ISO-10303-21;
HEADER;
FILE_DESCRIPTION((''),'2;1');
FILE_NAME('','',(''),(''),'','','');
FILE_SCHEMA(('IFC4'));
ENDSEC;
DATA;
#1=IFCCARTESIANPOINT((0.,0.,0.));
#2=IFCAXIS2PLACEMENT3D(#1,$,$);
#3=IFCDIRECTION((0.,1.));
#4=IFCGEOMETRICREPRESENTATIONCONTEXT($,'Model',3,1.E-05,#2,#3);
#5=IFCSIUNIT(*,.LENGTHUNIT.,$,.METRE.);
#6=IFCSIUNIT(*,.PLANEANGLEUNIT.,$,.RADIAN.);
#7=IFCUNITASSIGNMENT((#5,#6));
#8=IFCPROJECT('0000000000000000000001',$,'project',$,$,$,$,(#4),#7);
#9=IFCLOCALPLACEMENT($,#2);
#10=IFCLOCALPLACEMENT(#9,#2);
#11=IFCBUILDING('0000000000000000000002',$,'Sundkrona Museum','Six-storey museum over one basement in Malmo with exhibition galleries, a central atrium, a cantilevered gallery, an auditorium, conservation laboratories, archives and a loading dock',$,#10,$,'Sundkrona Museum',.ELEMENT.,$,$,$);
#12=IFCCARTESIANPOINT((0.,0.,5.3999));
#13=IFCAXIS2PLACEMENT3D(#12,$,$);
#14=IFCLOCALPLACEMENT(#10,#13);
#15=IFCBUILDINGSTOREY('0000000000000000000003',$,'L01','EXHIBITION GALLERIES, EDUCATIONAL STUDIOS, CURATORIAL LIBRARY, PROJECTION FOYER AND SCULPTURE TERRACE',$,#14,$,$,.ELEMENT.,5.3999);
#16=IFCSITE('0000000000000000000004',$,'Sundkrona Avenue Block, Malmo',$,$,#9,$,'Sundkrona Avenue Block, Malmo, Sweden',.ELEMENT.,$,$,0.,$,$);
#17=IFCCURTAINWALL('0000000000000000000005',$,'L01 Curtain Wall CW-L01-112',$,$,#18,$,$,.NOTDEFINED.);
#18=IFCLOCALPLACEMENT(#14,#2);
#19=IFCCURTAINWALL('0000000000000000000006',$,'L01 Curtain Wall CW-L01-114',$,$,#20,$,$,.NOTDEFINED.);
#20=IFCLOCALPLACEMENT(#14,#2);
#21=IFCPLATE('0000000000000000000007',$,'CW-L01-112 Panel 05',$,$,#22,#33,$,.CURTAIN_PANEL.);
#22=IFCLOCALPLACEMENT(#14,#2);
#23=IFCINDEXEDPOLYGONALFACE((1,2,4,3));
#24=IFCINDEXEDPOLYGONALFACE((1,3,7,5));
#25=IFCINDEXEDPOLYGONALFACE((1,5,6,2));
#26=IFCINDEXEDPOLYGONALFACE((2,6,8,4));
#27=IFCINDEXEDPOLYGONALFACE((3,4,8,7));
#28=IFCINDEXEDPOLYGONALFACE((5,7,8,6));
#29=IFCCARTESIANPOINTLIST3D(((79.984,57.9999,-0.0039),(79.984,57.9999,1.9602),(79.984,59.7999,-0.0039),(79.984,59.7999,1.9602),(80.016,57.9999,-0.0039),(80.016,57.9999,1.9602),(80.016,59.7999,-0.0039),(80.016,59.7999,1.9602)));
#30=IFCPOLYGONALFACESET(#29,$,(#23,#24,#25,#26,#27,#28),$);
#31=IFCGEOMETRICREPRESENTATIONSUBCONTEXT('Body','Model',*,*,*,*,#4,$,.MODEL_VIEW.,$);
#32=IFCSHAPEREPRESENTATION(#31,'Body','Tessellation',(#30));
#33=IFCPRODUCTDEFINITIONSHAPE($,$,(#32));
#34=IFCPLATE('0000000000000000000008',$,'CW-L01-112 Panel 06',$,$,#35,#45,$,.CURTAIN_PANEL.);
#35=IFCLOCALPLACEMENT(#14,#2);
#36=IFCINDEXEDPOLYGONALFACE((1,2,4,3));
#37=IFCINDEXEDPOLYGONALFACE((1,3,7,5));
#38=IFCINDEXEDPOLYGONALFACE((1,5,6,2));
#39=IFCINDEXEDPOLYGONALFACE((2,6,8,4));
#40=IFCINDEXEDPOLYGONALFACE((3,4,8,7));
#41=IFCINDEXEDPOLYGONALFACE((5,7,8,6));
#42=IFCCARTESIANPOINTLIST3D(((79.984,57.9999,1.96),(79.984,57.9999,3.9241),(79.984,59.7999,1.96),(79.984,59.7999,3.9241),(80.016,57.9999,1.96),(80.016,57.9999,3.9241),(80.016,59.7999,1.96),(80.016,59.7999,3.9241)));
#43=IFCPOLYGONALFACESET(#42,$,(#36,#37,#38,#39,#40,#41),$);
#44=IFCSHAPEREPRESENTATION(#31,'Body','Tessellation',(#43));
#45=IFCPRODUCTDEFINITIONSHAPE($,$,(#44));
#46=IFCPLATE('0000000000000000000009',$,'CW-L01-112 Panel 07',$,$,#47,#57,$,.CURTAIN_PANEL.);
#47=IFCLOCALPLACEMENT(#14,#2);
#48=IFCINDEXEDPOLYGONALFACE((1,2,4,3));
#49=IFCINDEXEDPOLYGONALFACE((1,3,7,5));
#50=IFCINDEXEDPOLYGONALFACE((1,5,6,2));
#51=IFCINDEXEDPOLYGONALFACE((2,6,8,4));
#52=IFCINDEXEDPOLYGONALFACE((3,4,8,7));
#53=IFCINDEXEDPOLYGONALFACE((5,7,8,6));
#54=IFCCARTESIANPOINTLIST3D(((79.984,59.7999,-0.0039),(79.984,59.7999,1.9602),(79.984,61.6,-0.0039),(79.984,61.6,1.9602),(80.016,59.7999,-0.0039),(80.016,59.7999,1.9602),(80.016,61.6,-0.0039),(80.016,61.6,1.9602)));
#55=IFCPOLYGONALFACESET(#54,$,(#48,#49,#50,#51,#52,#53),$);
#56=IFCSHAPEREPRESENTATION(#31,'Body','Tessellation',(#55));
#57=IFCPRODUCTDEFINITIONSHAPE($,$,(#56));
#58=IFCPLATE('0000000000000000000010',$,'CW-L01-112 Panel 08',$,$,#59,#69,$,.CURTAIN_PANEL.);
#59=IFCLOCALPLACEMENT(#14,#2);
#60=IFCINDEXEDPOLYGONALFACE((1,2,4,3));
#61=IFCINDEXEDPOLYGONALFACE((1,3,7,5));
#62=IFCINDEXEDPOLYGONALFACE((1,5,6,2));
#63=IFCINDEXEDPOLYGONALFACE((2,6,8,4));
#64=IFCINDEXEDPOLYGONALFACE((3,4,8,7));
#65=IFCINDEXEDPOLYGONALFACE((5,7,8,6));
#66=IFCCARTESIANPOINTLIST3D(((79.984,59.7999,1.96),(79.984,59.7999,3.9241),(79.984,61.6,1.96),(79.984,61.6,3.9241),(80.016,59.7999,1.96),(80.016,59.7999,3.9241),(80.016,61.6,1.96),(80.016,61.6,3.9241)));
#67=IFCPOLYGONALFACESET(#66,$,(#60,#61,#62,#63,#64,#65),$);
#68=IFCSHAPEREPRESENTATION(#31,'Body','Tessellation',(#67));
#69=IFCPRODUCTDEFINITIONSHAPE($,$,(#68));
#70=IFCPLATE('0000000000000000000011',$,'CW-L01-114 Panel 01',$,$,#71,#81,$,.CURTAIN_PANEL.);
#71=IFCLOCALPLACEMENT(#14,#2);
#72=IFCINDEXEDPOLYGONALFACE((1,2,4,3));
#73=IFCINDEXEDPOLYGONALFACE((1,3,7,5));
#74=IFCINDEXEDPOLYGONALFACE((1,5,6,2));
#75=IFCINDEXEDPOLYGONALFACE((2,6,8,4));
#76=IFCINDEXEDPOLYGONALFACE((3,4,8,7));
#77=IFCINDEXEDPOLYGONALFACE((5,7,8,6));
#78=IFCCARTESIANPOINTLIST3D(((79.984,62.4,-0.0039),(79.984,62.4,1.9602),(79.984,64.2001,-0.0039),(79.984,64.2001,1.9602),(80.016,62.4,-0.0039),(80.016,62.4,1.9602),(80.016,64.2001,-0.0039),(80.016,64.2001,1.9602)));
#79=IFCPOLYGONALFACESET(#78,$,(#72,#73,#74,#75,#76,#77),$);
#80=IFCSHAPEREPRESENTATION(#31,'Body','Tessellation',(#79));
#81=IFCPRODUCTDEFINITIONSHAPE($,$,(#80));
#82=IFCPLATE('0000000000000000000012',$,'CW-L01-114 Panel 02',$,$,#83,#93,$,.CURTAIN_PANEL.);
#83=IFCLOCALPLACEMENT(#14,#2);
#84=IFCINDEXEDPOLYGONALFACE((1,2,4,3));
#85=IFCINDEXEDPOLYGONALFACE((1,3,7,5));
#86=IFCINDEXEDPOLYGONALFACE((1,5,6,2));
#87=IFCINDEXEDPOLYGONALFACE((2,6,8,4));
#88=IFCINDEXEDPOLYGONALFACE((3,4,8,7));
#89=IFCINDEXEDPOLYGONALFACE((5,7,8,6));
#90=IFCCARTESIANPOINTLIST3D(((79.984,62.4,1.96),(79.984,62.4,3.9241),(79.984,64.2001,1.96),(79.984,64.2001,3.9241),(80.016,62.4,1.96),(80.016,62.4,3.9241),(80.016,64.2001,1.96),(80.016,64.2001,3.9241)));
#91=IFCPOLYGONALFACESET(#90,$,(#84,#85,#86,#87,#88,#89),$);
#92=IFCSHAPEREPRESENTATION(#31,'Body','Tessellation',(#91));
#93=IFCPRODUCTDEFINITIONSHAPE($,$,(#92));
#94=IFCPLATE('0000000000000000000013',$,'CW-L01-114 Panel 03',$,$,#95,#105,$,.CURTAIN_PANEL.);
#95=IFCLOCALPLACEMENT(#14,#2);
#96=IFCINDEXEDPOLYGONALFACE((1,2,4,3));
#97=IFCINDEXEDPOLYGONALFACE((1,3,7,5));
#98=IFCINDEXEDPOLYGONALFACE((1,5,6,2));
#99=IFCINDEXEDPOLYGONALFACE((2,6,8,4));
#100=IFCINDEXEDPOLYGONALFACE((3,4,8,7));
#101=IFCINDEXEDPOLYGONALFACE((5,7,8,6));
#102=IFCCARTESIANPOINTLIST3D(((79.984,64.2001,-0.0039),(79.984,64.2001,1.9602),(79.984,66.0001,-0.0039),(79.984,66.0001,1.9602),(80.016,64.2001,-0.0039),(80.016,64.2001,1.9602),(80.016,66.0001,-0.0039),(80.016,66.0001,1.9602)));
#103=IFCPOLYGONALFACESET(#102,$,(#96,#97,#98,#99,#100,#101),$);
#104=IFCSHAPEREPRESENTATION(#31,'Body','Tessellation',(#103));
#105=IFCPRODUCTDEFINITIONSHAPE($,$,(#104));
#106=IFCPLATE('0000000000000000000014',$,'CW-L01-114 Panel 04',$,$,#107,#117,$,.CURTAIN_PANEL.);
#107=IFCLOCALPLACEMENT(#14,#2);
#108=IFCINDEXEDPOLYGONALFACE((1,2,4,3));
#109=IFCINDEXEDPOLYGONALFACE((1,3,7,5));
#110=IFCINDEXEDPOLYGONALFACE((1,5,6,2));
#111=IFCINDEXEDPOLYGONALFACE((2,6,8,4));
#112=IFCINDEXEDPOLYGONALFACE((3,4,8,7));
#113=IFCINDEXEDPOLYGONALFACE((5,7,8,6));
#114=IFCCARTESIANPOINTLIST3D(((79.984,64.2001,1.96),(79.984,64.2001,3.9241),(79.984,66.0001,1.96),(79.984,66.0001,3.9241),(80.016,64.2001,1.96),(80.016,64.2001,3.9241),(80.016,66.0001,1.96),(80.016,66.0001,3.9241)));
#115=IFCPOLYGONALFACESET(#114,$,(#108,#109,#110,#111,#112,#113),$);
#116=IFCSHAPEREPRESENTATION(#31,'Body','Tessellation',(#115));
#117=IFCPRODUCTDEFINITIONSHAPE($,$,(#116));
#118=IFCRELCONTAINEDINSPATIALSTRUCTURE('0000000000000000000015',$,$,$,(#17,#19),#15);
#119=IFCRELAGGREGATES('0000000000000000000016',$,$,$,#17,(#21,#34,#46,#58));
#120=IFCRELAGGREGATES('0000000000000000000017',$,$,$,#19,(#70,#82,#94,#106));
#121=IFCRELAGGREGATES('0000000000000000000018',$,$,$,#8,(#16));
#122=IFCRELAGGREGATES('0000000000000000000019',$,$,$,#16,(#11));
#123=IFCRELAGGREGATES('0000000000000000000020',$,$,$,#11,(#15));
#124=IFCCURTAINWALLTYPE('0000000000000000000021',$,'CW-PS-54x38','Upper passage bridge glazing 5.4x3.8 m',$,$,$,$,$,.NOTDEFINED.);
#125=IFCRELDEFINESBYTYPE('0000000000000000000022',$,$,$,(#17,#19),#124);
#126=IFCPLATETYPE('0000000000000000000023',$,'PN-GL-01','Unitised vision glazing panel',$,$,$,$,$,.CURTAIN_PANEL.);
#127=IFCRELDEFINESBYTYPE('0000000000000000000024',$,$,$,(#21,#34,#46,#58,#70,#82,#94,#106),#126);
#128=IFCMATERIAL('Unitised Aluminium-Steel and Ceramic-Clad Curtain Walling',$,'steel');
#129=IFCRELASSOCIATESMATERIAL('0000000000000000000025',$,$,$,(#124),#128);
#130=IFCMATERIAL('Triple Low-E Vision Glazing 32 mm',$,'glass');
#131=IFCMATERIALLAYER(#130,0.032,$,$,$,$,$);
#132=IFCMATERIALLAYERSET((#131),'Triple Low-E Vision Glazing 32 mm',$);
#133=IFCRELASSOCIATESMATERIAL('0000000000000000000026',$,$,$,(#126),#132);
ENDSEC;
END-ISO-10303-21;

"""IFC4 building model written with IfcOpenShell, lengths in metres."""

from ifc_helpers import new_model, si_unit, direction, frame, origin, origin_2d, place, context, subcontext, project, spatial, rectangle, extrude, material, layer, layer_set, type_object, element, aggregate, save


model = new_model("IFC4")

# Units and contexts
model_context = context("Model", 3, precision=1e-05, world=origin(), true_north=direction((0.0, 1.0)))
body_context = subcontext(model_context, "Body", "Model", "MODEL_VIEW")
ifc_project = project(units=[si_unit("LENGTHUNIT", "METRE"), si_unit("PLANEANGLEUNIT", "RADIAN")], contexts=[model_context])

# Site, building, storey
site_placement = place(None, origin())
site = spatial("IfcSite", under=ifc_project, at=site_placement, Name="Sundkrona Avenue Block, Malmo", LongName="Sundkrona Avenue Block, Malmo, Sweden", CompositionType="ELEMENT", RefElevation=0.0)
building_placement = place(site_placement, origin())
building = spatial("IfcBuilding", under=site, at=building_placement, Name="Sundkrona Museum", Description="Six-storey museum over one basement in Malmo with exhibition galleries, a central atrium, a cantilevered gallery, an auditorium, conservation laboratories, archives and a loading dock", LongName="Sundkrona Museum", CompositionType="ELEMENT")
storey_placement = place(building_placement, frame((0.0, 0.0, 5.3999)))
storey = spatial("IfcBuildingStorey", under=building, at=storey_placement, Name="L01", Description="EXHIBITION GALLERIES, EDUCATIONAL STUDIOS, CURATORIAL LIBRARY, PROJECTION FOYER AND SCULPTURE TERRACE", CompositionType="ELEMENT", Elevation=5.3999)

# Curtain walls
ifc_material_1 = material(Name="Unitised Aluminium-Steel and Ceramic-Clad Curtain Walling", Category="steel")
curtain_wall_type = type_object("IfcCurtainWallType", Name="CW-PS-54x38", Description="Upper passage bridge glazing 5.4x3.8 m", PredefinedType="NOTDEFINED", material=ifc_material_1)
curtain_wall_1_placement = place(storey_placement, origin())
curtain_wall_1 = element("IfcCurtainWall", 1, at=curtain_wall_1_placement, inside=storey, type_object=curtain_wall_type, Name="L01 Curtain Wall CW-L01-112", PredefinedType="NOTDEFINED")
curtain_wall_2_placement = place(storey_placement, origin())
curtain_wall_2 = element("IfcCurtainWall", 2, at=curtain_wall_2_placement, inside=storey, type_object=curtain_wall_type, Name="L01 Curtain Wall CW-L01-114", PredefinedType="NOTDEFINED")

# Plates
ifc_material_2 = material(Name="Triple Low-E Vision Glazing 32 mm", Category="glass")
ifc_layer = layer(ifc_material_2, 0.032)
ifc_layer_set = layer_set([ifc_layer], Name="Triple Low-E Vision Glazing 32 mm")
plate_type = type_object("IfcPlateType", Name="PN-GL-01", Description="Unitised vision glazing panel", PredefinedType="CURTAIN_PANEL", material=ifc_layer_set)
plate_1_placement = place(storey_placement, frame((80.0, 58.8999, -0.0039), z_axis=(0.0, 0.0, 1.0), x_axis=(0.0, 1.0, 0.0)))
plate_1 = element("IfcPlate", 3, at=plate_1_placement, type_object=plate_type, Name="CW-L01-112 Panel 05", PredefinedType="CURTAIN_PANEL", context=body_context, shape_type="SweptSolid", body=[
    extrude(rectangle(XDim=1.8, YDim=0.032, at=origin_2d()), origin(), (0.0, 0.0, 1.0), 1.9641),
])
plate_2_placement = place(storey_placement, frame((80.0, 58.8999, 1.96), z_axis=(0.0, 0.0, 1.0), x_axis=(0.0, 1.0, 0.0)))
plate_2 = element("IfcPlate", 4, at=plate_2_placement, type_object=plate_type, Name="CW-L01-112 Panel 06", PredefinedType="CURTAIN_PANEL", context=body_context, shape_type="SweptSolid", body=[
    extrude(rectangle(XDim=1.8, YDim=0.032, at=origin_2d()), origin(), (0.0, 0.0, 1.0), 1.9641),
])
plate_3_placement = place(storey_placement, frame((80.0, 60.7, -0.0039), z_axis=(0.0, 0.0, 1.0), x_axis=(0.0, 1.0, 0.0)))
plate_3 = element("IfcPlate", 5, at=plate_3_placement, type_object=plate_type, Name="CW-L01-112 Panel 07", PredefinedType="CURTAIN_PANEL", context=body_context, shape_type="SweptSolid", body=[
    extrude(rectangle(XDim=1.8, YDim=0.032, at=origin_2d()), origin(), (0.0, 0.0, 1.0), 1.9641),
])
plate_4_placement = place(storey_placement, frame((80.0, 60.7, 1.96), z_axis=(0.0, 0.0, 1.0), x_axis=(0.0, 1.0, 0.0)))
plate_4 = element("IfcPlate", 6, at=plate_4_placement, type_object=plate_type, Name="CW-L01-112 Panel 08", PredefinedType="CURTAIN_PANEL", context=body_context, shape_type="SweptSolid", body=[
    extrude(rectangle(XDim=1.8, YDim=0.032, at=origin_2d()), origin(), (0.0, 0.0, 1.0), 1.9641),
])
aggregate(curtain_wall_1, [plate_1, plate_2, plate_3, plate_4])
plate_5_placement = place(storey_placement, frame((80.0, 63.3, -0.0039), z_axis=(0.0, 0.0, 1.0), x_axis=(0.0, 1.0, 0.0)))
plate_5 = element("IfcPlate", 7, at=plate_5_placement, type_object=plate_type, Name="CW-L01-114 Panel 01", PredefinedType="CURTAIN_PANEL", context=body_context, shape_type="SweptSolid", body=[
    extrude(rectangle(XDim=1.8, YDim=0.032, at=origin_2d()), origin(), (0.0, 0.0, 1.0), 1.9641),
])
plate_6_placement = place(storey_placement, frame((80.0, 63.3, 1.96), z_axis=(0.0, 0.0, 1.0), x_axis=(0.0, 1.0, 0.0)))
plate_6 = element("IfcPlate", 8, at=plate_6_placement, type_object=plate_type, Name="CW-L01-114 Panel 02", PredefinedType="CURTAIN_PANEL", context=body_context, shape_type="SweptSolid", body=[
    extrude(rectangle(XDim=1.8, YDim=0.032, at=origin_2d()), origin(), (0.0, 0.0, 1.0), 1.9641),
])
plate_7_placement = place(storey_placement, frame((80.0, 65.1001, -0.0039), z_axis=(0.0, 0.0, 1.0), x_axis=(0.0, 1.0, 0.0)))
plate_7 = element("IfcPlate", 9, at=plate_7_placement, type_object=plate_type, Name="CW-L01-114 Panel 03", PredefinedType="CURTAIN_PANEL", context=body_context, shape_type="SweptSolid", body=[
    extrude(rectangle(XDim=1.8, YDim=0.032, at=origin_2d()), origin(), (0.0, 0.0, 1.0), 1.9641),
])
plate_8_placement = place(storey_placement, frame((80.0, 65.1001, 1.96), z_axis=(0.0, 0.0, 1.0), x_axis=(0.0, 1.0, 0.0)))
plate_8 = element("IfcPlate", 10, at=plate_8_placement, type_object=plate_type, Name="CW-L01-114 Panel 04", PredefinedType="CURTAIN_PANEL", context=body_context, shape_type="SweptSolid", body=[
    extrude(rectangle(XDim=1.8, YDim=0.032, at=origin_2d()), origin(), (0.0, 0.0, 1.0), 1.9641),
])
aggregate(curtain_wall_2, [plate_5, plate_6, plate_7, plate_8])

save(model, "model.ifc")
